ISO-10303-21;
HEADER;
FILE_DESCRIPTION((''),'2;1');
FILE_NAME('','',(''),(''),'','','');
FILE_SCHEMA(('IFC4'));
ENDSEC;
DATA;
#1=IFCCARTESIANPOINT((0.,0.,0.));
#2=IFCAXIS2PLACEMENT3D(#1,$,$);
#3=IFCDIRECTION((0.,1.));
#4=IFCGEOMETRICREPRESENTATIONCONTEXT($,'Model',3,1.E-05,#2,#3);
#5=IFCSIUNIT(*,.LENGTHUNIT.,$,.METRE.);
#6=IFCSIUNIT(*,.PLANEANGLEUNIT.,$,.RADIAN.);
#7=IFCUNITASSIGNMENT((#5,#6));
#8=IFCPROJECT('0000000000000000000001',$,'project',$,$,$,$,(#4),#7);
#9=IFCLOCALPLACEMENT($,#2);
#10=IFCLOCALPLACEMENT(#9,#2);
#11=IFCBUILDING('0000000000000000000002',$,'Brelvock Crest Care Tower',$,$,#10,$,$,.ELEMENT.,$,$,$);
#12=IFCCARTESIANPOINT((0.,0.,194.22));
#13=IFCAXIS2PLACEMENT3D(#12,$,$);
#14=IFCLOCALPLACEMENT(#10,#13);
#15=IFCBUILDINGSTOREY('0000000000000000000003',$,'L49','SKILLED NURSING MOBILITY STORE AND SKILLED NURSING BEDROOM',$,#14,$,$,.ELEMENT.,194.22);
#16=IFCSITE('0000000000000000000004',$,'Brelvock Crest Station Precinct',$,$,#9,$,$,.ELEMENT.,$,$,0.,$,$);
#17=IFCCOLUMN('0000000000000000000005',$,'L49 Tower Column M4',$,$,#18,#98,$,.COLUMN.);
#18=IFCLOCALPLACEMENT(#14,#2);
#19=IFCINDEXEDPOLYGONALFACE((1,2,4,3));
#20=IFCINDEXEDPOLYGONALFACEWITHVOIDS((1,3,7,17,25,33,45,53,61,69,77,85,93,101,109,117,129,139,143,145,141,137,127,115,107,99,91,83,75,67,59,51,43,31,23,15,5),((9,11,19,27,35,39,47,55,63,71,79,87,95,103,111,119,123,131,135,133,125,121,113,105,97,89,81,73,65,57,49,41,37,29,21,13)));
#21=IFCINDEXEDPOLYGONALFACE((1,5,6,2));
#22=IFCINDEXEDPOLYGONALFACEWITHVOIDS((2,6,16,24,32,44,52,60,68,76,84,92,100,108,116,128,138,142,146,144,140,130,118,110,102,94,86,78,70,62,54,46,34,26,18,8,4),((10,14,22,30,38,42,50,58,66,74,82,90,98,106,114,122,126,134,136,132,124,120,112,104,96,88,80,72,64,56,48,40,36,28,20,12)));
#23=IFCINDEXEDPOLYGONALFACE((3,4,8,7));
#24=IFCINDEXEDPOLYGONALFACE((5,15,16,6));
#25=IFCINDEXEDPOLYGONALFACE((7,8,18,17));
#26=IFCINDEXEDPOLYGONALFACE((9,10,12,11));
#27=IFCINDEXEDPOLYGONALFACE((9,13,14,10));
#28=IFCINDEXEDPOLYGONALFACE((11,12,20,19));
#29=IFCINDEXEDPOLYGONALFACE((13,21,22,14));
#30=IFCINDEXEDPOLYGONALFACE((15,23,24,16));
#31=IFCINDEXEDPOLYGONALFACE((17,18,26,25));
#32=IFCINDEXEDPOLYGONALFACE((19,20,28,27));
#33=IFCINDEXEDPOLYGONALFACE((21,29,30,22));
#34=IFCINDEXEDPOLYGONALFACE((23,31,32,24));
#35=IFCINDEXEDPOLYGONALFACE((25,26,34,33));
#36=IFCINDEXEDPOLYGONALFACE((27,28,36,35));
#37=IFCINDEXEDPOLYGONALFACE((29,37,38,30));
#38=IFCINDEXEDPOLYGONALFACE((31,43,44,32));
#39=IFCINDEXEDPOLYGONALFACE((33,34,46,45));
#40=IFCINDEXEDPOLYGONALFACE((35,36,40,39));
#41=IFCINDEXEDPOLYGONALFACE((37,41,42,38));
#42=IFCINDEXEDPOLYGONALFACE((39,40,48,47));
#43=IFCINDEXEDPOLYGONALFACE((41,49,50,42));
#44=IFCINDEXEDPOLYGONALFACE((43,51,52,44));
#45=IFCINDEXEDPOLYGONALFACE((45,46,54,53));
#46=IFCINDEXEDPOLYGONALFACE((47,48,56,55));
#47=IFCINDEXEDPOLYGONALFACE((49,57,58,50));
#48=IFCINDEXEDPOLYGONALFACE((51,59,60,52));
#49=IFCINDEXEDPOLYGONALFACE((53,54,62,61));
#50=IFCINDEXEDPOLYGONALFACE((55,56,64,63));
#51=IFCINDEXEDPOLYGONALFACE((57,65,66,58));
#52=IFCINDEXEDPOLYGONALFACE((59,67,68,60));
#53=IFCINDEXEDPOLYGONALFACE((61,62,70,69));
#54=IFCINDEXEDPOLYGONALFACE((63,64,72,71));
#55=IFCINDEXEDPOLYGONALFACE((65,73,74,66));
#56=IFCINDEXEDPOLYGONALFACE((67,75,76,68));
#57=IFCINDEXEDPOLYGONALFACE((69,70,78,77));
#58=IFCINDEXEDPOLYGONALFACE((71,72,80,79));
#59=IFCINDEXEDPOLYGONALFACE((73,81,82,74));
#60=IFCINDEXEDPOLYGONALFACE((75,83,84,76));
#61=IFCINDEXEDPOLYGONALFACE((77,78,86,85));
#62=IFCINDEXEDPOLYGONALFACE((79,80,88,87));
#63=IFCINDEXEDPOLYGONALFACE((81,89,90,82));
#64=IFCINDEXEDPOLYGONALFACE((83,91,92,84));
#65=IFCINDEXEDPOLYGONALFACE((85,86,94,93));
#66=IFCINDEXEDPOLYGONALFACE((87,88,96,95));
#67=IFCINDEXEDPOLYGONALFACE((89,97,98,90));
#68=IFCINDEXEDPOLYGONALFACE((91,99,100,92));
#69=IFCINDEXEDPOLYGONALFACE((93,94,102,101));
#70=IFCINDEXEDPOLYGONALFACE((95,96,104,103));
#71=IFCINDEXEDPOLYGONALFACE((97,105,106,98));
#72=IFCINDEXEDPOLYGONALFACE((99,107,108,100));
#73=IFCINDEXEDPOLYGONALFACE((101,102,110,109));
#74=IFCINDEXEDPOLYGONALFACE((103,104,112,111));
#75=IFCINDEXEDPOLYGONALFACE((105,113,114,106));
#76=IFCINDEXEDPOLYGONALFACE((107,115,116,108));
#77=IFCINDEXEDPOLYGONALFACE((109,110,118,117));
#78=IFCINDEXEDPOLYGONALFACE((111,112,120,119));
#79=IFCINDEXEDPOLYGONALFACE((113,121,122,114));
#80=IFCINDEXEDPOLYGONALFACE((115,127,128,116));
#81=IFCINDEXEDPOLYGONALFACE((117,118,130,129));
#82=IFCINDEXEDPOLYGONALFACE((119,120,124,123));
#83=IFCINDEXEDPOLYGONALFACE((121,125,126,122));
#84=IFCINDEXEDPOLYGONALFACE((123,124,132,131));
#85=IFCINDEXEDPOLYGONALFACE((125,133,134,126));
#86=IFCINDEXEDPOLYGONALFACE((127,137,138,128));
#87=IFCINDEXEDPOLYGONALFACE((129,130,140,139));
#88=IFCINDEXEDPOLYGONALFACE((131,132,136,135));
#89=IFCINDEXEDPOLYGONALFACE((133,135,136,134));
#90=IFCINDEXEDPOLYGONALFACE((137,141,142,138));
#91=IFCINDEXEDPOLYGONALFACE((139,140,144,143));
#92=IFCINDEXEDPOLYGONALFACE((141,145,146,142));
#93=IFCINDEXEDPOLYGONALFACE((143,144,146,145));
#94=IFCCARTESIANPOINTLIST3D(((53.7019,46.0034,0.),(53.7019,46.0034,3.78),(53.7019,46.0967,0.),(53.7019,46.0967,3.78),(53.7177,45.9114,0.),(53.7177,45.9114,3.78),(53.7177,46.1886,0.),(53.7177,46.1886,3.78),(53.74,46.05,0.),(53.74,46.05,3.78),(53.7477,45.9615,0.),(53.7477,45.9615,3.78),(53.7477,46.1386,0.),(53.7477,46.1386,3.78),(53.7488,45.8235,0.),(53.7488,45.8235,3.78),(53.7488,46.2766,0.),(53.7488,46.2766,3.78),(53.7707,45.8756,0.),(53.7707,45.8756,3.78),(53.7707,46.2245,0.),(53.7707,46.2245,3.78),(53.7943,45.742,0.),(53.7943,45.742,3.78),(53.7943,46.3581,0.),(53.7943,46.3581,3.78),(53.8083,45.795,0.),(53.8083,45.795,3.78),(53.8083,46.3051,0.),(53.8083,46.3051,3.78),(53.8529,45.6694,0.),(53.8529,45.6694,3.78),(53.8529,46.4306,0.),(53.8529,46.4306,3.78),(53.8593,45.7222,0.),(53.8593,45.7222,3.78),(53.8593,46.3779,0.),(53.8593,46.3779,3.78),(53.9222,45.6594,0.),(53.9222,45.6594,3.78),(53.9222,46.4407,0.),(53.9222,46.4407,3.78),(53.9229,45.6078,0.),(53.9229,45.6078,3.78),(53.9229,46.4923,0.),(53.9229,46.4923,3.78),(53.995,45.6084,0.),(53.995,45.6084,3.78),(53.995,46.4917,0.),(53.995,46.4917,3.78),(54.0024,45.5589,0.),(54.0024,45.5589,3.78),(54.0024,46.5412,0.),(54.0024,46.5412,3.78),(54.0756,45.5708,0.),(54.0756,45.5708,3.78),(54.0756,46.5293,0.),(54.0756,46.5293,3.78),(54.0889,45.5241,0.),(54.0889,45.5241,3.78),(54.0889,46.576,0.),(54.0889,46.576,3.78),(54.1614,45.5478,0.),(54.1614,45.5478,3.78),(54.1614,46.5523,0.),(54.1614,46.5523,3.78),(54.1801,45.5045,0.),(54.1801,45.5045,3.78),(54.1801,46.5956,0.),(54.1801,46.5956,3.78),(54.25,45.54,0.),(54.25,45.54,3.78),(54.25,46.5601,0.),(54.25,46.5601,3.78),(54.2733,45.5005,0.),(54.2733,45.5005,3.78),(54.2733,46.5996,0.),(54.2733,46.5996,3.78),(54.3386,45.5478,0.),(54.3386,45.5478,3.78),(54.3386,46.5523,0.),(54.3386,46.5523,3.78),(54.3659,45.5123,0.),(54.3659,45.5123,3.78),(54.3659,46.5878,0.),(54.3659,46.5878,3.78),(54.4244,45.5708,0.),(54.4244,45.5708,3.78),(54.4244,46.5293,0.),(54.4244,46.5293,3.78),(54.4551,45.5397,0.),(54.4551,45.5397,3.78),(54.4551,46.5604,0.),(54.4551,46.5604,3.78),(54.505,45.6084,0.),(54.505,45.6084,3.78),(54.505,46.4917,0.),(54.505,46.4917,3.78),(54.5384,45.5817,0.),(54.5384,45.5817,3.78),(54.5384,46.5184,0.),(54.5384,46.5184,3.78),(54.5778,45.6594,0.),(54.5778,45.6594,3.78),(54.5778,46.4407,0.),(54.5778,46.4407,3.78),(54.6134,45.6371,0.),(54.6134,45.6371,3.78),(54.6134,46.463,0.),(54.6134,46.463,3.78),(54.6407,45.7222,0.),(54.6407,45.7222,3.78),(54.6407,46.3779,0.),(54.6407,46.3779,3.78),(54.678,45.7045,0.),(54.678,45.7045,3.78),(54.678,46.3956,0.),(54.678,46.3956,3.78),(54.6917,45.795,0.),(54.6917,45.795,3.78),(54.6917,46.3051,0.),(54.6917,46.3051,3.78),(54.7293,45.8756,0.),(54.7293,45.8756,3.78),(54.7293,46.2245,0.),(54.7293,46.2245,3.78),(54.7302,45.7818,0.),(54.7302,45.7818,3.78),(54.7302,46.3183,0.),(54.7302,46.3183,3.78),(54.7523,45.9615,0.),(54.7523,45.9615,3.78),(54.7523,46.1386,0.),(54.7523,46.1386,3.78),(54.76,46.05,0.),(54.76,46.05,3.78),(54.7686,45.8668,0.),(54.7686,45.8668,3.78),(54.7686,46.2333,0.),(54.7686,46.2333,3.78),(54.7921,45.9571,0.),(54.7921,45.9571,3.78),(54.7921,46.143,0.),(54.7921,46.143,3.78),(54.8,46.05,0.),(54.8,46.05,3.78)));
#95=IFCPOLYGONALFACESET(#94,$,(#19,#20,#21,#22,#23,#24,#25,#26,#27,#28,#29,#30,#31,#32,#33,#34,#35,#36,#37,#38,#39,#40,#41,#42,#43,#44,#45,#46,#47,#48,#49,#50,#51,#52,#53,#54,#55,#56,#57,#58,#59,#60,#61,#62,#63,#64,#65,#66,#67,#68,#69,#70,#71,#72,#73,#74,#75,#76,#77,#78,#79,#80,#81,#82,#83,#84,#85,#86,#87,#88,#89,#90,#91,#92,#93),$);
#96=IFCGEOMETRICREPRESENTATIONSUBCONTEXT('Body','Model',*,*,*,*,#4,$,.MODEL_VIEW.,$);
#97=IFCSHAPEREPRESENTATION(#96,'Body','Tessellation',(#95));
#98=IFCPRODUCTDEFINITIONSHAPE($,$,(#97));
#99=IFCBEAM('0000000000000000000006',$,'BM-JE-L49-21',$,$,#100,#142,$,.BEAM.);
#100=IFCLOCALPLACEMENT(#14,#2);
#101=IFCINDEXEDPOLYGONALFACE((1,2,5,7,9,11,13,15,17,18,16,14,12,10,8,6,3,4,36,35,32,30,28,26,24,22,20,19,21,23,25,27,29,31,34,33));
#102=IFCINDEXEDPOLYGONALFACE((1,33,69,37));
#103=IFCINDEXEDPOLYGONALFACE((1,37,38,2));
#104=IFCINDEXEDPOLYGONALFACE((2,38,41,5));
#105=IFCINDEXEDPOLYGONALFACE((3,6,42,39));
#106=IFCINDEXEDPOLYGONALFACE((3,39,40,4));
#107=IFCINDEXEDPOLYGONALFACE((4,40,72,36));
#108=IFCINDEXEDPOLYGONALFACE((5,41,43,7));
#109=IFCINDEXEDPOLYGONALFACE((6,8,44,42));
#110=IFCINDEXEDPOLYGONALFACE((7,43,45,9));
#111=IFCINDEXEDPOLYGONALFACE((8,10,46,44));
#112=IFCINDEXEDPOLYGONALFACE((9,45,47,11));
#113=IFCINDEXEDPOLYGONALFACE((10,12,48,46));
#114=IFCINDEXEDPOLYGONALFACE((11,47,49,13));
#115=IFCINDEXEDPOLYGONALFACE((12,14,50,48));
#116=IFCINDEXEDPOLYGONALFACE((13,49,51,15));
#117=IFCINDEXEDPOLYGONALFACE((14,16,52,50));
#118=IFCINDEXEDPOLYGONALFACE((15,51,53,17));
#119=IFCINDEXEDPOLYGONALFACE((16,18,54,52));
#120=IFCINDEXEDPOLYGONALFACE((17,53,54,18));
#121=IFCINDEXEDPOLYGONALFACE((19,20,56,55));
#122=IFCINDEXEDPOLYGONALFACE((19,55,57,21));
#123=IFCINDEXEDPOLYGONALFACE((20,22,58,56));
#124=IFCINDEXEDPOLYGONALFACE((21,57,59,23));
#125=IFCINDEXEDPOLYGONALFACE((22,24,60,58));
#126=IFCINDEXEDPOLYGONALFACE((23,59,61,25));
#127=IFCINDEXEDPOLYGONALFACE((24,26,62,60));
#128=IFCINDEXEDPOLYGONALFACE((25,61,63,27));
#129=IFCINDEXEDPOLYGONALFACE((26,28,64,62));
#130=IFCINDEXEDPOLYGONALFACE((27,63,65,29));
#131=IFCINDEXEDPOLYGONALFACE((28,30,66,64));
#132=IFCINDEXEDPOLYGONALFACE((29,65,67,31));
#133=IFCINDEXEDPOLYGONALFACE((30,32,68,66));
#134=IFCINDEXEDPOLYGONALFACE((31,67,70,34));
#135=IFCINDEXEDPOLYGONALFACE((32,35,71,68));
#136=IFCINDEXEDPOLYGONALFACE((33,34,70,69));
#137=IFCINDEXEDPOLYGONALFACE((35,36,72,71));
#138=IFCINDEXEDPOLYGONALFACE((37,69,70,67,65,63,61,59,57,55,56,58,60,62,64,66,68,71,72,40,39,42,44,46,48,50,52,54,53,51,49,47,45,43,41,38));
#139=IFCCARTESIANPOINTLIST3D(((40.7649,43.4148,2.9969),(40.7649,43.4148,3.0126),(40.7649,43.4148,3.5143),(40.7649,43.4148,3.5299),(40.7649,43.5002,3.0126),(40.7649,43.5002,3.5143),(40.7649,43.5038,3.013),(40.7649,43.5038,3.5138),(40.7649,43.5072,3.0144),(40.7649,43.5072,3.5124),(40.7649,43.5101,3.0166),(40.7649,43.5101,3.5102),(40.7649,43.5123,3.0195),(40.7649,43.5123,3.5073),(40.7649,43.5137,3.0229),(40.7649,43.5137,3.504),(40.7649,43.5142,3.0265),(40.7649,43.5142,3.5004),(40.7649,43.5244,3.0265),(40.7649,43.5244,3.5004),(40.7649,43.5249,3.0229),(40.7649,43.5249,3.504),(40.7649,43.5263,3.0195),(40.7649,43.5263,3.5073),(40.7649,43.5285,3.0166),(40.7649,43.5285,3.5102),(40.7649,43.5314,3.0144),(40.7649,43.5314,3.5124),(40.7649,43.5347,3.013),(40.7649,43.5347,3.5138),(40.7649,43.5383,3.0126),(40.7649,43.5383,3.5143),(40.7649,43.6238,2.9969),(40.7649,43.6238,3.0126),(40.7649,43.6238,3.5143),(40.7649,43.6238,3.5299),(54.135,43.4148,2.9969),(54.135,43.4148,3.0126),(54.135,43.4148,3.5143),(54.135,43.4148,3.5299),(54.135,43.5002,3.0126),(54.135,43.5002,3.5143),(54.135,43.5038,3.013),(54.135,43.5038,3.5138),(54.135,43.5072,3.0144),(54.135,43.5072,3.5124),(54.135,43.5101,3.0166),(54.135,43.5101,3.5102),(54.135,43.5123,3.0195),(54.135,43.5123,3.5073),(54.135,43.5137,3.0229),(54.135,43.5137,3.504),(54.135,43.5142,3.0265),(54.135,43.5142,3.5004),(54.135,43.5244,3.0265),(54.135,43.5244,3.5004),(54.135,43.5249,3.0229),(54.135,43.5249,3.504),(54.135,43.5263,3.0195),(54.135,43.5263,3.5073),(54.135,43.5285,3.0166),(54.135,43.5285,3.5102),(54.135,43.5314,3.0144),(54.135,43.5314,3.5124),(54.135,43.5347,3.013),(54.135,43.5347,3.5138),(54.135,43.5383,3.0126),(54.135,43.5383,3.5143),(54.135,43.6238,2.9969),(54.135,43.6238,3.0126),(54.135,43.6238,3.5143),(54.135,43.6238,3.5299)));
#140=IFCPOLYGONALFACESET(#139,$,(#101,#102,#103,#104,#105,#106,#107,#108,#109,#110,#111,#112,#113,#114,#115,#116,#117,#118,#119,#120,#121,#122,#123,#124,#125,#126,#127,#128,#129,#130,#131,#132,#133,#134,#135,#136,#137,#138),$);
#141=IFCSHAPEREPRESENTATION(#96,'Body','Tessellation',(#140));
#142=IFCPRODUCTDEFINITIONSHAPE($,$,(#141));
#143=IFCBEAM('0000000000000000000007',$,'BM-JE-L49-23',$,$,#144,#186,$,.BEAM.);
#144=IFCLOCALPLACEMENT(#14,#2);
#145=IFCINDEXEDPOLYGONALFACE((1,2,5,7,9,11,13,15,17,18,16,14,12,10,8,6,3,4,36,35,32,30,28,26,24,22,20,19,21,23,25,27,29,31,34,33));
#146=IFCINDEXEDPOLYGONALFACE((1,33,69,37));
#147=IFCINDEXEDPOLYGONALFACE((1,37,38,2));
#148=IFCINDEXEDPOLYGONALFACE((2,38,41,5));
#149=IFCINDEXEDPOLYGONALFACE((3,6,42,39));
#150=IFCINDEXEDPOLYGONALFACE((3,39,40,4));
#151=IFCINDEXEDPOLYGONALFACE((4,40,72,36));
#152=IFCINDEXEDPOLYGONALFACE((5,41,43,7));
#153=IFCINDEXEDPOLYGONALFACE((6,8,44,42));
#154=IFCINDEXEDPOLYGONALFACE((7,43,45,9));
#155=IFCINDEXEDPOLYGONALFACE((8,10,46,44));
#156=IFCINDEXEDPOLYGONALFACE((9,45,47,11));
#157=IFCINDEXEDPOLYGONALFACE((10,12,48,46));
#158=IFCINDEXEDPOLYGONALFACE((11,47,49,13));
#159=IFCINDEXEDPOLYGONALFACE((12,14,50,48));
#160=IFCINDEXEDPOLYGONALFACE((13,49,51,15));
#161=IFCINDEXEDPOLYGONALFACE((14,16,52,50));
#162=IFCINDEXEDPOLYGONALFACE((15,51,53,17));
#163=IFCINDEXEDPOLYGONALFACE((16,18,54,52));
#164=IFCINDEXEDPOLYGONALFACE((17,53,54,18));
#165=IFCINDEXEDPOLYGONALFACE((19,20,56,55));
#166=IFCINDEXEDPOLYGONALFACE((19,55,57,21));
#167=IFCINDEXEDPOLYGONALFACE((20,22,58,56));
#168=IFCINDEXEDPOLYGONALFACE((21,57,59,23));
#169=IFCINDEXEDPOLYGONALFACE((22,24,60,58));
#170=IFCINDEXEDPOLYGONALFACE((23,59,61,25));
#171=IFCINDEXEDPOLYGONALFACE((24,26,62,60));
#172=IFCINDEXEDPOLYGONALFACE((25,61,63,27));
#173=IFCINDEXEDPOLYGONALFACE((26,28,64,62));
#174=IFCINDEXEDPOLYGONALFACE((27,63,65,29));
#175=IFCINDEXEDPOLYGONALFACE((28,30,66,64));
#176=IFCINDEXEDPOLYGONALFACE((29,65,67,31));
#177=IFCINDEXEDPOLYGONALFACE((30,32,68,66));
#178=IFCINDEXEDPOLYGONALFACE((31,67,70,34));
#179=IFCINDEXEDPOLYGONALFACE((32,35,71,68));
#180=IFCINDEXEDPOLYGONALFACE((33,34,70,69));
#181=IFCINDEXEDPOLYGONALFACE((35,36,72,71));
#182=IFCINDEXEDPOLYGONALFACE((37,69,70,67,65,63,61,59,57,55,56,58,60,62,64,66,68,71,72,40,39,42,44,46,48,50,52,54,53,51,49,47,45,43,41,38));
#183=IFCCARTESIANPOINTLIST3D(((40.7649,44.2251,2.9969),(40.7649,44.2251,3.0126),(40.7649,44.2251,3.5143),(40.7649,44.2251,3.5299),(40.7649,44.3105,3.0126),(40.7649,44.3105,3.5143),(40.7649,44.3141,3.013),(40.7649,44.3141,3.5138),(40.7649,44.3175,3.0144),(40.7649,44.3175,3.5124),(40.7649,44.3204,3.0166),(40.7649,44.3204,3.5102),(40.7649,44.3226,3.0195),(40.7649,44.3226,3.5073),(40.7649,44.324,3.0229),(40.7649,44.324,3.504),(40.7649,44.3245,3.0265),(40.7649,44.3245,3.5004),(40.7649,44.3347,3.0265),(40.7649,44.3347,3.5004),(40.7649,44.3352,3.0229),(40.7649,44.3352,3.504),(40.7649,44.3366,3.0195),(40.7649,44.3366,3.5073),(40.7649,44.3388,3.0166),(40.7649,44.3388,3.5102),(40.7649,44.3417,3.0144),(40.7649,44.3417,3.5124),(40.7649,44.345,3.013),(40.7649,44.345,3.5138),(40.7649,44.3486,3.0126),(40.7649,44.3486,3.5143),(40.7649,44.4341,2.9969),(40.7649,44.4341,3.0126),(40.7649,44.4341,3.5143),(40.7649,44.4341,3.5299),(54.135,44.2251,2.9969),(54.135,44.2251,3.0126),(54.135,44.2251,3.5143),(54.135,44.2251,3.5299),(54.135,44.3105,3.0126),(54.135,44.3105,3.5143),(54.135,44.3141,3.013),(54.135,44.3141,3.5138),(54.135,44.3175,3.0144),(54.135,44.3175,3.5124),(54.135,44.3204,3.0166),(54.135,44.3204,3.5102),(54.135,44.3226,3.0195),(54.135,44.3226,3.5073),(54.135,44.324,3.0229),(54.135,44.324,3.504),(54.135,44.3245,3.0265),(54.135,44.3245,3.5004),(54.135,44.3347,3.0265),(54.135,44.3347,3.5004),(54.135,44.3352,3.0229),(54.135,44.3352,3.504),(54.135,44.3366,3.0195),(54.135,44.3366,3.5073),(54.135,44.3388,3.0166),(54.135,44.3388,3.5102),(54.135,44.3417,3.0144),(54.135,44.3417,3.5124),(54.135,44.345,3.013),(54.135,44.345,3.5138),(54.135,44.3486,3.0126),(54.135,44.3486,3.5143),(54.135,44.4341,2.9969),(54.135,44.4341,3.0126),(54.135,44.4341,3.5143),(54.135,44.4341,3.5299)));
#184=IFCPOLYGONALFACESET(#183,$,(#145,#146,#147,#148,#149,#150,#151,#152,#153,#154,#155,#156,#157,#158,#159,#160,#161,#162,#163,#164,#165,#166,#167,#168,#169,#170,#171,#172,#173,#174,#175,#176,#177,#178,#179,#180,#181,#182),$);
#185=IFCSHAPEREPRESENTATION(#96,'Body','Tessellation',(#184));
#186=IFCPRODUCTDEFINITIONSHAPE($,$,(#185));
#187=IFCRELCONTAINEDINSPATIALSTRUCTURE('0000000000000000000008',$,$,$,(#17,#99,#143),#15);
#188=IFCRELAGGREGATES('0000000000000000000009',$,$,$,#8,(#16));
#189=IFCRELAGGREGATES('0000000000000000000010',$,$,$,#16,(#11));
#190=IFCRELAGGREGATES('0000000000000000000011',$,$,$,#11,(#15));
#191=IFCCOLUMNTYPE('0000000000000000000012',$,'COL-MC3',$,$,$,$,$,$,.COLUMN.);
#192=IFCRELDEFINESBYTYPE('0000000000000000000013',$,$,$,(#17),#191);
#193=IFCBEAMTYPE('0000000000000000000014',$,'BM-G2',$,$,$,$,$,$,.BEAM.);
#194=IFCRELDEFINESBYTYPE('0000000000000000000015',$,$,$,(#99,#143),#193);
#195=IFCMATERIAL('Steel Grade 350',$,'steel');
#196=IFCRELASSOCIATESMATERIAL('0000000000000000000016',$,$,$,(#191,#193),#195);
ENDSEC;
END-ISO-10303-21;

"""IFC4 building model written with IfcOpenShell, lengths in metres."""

from ifc_helpers import new_model, si_unit, direction, frame, origin, origin_2d, place, context, subcontext, project, spatial, hollow_circle, i_section, extrude, source, transform, mapped, material, material_profile, profile_set, type_object, element, save


model = new_model("IFC4")

# Units and contexts
model_context = context("Model", 3, precision=1e-05, world=origin(), true_north=direction((0.0, 1.0)))
body_context = subcontext(model_context, "Body", "Model", "MODEL_VIEW")
ifc_project = project(units=[si_unit("LENGTHUNIT", "METRE"), si_unit("PLANEANGLEUNIT", "RADIAN")], contexts=[model_context])

# Site, building, storey
site_placement = place(None, origin())
site = spatial("IfcSite", under=ifc_project, at=site_placement, Name="Brelvock Crest Station Precinct", CompositionType="ELEMENT", RefElevation=0.0)
building_placement = place(site_placement, origin())
building = spatial("IfcBuilding", under=site, at=building_placement, Name="Brelvock Crest Care Tower", CompositionType="ELEMENT")
storey_placement = place(building_placement, frame((0.0, 0.0, 194.22)))
storey = spatial("IfcBuildingStorey", under=building, at=storey_placement, Name="L49", Description="SKILLED NURSING MOBILITY STORE AND SKILLED NURSING BEDROOM", CompositionType="ELEMENT", Elevation=194.22)

# Column
ifc_material_1 = material(Name="Steel Grade 350", Category="steel")
ifc_material_profile_1 = material_profile(ifc_material_1, hollow_circle(Radius=0.55, WallThickness=0.04, at=origin_2d()), Name="CFT1100x40")
ifc_profile_set_1 = profile_set([ifc_material_profile_1], Name="Steel Grade 350")
column_type = type_object("IfcColumnType", Name="COL-MC3", PredefinedType="COLUMN", material=ifc_profile_set_1)
shared_shape_1 = source(origin(), body_context, "Body", "SweptSolid", [
    extrude(hollow_circle(Radius=0.55, WallThickness=0.04, at=origin_2d()), origin(), (0.0, 0.0, 1.0), 3.78),
])
column_placement = place(storey_placement, frame((54.25, 46.05, 0.0), z_axis=(0.0, 0.0, 1.0), x_axis=(1.0, 0.0, 0.0)))
element("IfcColumn", 1, at=column_placement, inside=storey, type_object=column_type, Name="L49 Tower Column M4", PredefinedType="COLUMN", context=body_context, shape_type="MappedRepresentation", body=[
    mapped(shared_shape_1, transform((0.0, 0.0, 0.0), x_axis=(1.0, 0.0, 0.0), y_axis=(0.0, 1.0, 0.0), z_axis=(0.0, 0.0, 1.0), scale=1.0)),
])

# Beams
ifc_material_profile_2 = material_profile(ifc_material_1, i_section(OverallWidth=0.209, OverallDepth=0.533, WebThickness=0.0103, FlangeThickness=0.0156, FilletRadius=0.0139, at=origin_2d()), Name="530UB92.4")
ifc_profile_set_2 = profile_set([ifc_material_profile_2], Name="Steel Grade 350")
beam_type_1 = type_object("IfcBeamType", Name="BM-G2", PredefinedType="BEAM", material=ifc_profile_set_2)
shared_shape_2 = source(origin(), body_context, "Body", "SweptSolid", [
    extrude(i_section(OverallWidth=0.209, OverallDepth=0.533, WebThickness=0.0103, FlangeThickness=0.0156, FilletRadius=0.0139, at=origin_2d()), origin(), (0.0, 0.0, 1.0), 13.3701),
])
for number, where, z_axis, x_axis, name in (
    (2, (40.7649, 43.5193, 3.2634), (1.0, 0.0, 0.0), (0.0, 1.0, 0.0), "BM-JE-L49-21"),
    (3, (40.7649, 44.3296, 3.2634), (1.0, 0.0, 0.0), (0.0, 1.0, 0.0), "BM-JE-L49-23"),
):
    element("IfcBeam", number, at=place(storey_placement, frame(where, z_axis=z_axis, x_axis=x_axis)), inside=storey, type_object=beam_type_1, Name=name, PredefinedType="BEAM", context=body_context, shape_type="MappedRepresentation", body=[
        mapped(shared_shape_2, transform((0.0, 0.0, 0.0), x_axis=(1.0, 0.0, 0.0), y_axis=(0.0, 1.0, 0.0), z_axis=(0.0, 0.0, 1.0), scale=1.0)),
    ])

save(model, "model.ifc")
